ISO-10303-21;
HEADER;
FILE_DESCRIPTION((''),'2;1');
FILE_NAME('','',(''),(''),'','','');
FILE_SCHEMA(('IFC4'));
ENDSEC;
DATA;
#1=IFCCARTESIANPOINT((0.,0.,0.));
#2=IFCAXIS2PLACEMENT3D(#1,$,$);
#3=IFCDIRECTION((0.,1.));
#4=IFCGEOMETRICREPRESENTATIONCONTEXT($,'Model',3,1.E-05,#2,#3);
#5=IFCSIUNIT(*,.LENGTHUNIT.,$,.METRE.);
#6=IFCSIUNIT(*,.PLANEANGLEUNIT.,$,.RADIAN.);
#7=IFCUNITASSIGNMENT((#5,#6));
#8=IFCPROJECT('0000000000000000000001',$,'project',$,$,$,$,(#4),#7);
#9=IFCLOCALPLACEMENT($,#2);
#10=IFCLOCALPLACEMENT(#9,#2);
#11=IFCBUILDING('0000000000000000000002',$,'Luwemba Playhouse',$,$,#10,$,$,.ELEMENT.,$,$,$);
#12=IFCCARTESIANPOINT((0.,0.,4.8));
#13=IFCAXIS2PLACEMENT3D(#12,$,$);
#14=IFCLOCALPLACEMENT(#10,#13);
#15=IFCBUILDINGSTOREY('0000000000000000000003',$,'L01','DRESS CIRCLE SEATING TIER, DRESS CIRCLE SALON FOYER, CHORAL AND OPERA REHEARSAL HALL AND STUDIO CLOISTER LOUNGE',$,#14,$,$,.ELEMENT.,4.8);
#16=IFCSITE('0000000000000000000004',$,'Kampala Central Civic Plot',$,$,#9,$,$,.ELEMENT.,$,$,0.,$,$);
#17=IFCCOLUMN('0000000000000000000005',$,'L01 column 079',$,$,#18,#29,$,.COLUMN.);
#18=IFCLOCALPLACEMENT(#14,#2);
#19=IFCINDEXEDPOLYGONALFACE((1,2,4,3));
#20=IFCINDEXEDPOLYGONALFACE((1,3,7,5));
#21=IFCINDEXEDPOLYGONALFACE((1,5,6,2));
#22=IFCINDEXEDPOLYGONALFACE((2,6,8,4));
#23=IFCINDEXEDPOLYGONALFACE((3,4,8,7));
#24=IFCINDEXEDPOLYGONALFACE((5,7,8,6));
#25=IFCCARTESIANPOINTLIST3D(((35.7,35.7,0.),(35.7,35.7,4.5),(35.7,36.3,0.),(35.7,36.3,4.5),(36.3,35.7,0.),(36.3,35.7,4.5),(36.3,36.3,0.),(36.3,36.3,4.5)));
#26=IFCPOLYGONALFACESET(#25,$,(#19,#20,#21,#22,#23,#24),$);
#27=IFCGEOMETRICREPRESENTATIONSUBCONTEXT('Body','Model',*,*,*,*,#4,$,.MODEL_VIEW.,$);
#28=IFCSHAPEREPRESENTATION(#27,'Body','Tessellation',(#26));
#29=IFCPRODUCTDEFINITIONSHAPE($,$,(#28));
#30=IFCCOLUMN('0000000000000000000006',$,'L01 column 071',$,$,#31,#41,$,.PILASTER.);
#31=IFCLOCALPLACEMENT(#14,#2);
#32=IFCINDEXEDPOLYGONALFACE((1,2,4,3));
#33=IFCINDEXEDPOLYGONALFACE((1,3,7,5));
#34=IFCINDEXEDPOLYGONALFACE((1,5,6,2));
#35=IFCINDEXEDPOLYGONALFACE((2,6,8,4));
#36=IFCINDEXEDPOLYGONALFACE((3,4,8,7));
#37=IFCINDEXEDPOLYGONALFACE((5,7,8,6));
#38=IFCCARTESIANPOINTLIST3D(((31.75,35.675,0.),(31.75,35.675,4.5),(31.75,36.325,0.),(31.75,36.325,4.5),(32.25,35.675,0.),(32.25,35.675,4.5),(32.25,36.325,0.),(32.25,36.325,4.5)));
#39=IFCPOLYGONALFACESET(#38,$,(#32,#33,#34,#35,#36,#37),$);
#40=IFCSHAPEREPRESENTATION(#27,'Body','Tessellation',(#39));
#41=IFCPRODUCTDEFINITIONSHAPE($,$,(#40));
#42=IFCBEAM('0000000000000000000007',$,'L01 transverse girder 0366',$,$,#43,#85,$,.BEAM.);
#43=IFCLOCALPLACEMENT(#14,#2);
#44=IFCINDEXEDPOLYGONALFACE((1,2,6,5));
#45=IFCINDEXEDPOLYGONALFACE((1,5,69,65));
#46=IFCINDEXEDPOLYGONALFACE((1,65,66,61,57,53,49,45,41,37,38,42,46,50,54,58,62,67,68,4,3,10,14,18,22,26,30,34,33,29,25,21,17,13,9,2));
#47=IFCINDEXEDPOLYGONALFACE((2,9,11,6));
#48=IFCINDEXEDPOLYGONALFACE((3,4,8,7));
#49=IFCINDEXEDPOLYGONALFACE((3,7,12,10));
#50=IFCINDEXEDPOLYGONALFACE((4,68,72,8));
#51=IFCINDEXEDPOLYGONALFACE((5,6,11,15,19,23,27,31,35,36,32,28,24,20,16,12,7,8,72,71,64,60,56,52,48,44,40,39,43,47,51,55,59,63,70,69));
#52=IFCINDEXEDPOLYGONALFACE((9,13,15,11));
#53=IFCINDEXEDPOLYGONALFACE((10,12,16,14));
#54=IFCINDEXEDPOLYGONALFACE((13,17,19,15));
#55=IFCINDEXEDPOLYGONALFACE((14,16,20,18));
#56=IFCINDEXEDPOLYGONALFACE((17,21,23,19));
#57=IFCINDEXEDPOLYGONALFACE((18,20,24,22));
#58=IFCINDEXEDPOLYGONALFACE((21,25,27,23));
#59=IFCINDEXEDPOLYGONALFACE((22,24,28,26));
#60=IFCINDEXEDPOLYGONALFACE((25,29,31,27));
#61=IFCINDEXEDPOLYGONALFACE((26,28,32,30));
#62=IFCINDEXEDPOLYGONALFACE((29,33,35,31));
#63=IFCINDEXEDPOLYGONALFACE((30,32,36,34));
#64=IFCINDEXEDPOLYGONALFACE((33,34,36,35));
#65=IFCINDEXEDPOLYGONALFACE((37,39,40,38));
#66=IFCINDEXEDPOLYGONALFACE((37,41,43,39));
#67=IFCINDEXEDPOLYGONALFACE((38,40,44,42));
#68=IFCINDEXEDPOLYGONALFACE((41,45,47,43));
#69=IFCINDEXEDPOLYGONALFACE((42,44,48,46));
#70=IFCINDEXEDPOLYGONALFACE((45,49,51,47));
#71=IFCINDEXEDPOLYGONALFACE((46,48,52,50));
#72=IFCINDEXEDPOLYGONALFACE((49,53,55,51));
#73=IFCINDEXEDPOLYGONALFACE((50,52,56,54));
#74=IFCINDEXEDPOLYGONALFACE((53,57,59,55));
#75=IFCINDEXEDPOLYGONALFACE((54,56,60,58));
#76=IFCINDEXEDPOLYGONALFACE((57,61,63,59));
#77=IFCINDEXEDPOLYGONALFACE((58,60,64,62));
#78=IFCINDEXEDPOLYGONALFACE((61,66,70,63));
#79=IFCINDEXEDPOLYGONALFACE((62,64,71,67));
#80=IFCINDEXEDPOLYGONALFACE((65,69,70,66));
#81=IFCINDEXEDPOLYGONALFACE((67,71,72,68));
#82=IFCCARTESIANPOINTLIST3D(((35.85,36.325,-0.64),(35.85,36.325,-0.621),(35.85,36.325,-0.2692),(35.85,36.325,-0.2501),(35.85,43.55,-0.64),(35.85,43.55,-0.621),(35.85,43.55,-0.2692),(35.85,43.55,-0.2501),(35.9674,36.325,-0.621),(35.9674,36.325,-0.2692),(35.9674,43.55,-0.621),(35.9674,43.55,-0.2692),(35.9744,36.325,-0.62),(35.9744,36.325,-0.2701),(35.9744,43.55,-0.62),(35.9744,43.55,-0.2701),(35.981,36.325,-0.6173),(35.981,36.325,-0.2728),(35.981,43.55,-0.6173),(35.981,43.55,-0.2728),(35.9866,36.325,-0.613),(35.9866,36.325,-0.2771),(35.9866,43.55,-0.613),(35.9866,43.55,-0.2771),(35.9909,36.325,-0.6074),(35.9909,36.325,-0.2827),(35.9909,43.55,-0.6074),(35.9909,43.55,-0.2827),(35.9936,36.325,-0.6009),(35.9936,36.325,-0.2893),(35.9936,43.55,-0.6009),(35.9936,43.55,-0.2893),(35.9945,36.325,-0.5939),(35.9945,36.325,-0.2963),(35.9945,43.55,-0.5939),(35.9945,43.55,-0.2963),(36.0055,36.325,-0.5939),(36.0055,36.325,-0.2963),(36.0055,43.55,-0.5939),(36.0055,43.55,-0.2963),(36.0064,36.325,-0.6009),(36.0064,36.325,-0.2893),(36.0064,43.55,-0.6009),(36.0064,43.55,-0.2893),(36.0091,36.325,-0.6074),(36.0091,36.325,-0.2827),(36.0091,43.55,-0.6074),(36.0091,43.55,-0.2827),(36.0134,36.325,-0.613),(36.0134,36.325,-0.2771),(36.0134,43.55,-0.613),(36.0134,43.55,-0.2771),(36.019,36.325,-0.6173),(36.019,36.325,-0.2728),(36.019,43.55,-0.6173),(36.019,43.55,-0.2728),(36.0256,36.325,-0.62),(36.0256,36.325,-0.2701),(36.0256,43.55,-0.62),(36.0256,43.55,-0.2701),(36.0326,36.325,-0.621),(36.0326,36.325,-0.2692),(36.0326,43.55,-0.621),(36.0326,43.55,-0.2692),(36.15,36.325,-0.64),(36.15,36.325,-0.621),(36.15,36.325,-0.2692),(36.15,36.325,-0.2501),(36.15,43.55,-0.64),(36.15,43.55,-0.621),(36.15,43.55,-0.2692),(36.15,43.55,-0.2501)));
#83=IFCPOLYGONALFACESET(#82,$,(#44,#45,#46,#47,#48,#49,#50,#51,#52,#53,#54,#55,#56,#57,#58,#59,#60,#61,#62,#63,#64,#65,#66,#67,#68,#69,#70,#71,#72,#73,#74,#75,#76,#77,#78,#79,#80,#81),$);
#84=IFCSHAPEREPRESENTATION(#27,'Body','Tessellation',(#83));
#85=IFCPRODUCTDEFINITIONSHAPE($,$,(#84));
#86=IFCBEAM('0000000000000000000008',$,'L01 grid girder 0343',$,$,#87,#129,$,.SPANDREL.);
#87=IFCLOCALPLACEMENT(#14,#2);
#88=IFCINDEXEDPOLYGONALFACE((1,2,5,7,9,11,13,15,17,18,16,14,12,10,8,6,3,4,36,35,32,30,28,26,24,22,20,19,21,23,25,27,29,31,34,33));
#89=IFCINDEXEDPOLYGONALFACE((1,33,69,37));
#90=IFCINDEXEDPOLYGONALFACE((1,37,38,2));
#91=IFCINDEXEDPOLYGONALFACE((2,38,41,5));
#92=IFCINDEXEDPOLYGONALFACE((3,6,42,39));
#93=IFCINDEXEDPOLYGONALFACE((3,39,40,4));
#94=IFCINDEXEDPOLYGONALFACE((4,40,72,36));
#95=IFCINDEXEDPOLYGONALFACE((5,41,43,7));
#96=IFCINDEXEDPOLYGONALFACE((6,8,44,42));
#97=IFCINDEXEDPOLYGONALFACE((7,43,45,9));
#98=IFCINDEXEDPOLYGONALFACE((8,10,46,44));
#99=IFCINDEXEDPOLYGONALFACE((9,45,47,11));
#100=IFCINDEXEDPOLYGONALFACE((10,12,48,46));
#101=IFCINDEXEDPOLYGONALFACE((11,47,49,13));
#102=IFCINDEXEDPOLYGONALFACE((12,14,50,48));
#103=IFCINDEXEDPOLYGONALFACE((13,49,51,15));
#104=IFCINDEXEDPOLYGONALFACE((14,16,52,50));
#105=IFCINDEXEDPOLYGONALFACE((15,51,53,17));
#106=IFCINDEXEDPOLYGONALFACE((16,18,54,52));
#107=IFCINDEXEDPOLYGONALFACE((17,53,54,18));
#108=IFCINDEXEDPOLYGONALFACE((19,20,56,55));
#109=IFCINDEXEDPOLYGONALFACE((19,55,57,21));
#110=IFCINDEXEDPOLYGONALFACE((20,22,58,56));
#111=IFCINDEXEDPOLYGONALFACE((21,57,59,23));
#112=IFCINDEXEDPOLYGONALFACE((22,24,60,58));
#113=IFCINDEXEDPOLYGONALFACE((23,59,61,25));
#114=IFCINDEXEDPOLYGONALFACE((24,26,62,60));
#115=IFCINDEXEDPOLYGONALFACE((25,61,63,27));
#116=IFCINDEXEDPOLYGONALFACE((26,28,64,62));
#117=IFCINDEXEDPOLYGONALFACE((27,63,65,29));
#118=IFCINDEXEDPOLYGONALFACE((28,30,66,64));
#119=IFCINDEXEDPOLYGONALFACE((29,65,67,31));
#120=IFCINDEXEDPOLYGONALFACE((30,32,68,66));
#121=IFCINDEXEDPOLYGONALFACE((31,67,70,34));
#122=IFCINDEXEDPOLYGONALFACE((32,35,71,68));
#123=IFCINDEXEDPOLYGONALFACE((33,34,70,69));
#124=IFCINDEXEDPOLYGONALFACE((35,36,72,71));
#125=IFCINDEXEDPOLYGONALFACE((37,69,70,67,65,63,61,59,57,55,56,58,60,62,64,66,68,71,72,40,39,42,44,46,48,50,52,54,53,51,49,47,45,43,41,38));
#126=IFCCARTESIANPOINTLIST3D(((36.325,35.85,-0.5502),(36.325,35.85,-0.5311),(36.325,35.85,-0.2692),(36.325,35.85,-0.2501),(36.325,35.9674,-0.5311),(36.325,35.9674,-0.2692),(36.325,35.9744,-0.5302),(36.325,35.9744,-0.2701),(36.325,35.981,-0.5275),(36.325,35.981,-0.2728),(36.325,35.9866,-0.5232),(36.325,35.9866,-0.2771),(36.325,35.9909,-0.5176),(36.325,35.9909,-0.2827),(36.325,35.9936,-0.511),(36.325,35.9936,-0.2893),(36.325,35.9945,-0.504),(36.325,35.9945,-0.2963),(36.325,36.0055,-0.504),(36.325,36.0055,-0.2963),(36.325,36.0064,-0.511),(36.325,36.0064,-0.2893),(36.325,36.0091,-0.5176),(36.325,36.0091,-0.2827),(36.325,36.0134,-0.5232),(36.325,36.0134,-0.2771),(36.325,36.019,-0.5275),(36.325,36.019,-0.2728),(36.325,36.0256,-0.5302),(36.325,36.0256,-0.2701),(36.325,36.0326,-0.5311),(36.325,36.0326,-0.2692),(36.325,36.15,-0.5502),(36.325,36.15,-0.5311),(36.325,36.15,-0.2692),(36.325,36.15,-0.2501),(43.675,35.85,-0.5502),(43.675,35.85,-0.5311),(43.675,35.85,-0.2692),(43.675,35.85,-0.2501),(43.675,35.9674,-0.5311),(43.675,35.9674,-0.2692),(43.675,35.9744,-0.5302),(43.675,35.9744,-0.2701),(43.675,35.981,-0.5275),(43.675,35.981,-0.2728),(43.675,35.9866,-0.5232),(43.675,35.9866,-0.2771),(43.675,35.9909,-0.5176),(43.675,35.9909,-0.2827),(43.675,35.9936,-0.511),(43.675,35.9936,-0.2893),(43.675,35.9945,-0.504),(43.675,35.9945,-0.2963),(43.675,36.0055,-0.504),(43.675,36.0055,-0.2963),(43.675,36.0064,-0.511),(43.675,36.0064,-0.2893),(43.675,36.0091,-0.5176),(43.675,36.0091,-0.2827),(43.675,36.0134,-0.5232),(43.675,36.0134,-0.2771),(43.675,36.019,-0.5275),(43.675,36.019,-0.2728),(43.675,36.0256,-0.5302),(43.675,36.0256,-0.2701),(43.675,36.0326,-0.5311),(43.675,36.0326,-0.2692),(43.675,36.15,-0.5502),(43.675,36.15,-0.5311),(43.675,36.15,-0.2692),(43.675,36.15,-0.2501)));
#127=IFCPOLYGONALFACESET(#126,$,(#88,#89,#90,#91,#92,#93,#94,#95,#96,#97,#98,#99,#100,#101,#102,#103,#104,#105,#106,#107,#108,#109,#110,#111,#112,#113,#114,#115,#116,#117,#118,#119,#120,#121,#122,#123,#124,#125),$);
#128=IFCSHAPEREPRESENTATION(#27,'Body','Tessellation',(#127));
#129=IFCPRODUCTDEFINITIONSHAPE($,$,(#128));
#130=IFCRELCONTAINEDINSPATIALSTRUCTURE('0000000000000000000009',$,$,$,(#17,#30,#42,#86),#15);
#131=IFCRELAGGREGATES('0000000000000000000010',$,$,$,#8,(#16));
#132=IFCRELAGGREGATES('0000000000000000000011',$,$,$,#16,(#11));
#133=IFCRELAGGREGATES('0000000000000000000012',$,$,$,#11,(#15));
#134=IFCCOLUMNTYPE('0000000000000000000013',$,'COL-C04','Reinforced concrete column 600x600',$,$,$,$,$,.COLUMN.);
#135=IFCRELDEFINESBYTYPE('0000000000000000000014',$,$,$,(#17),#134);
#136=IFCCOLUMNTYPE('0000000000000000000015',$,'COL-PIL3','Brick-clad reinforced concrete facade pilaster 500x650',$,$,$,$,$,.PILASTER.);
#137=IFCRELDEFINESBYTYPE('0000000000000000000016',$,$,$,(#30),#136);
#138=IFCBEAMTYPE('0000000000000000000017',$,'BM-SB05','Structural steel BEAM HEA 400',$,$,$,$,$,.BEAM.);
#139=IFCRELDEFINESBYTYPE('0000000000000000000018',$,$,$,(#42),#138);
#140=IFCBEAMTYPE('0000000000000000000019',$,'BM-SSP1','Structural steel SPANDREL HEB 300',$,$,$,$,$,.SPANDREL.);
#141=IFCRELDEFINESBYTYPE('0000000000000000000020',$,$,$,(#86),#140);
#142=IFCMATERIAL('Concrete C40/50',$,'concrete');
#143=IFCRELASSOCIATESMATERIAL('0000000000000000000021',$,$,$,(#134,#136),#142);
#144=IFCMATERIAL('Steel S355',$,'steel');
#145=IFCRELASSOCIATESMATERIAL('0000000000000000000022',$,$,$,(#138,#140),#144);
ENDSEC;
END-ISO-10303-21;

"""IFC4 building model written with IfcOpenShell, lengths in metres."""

from ifc_helpers import new_model, si_unit, direction, frame, origin, origin_2d, place, context, subcontext, project, spatial, rectangle, i_section, extrude, material, material_profile, profile_set, type_object, element, save


model = new_model("IFC4")

# Units and contexts
model_context = context("Model", 3, precision=1e-05, world=origin(), true_north=direction((0.0, 1.0)))
body_context = subcontext(model_context, "Body", "Model", "MODEL_VIEW")
ifc_project = project(units=[si_unit("LENGTHUNIT", "METRE"), si_unit("PLANEANGLEUNIT", "RADIAN")], contexts=[model_context])

# Site, building, storey
site_placement = place(None, origin())
site = spatial("IfcSite", under=ifc_project, at=site_placement, Name="Kampala Central Civic Plot", CompositionType="ELEMENT", RefElevation=0.0)
building_placement = place(site_placement, origin())
building = spatial("IfcBuilding", under=site, at=building_placement, Name="Luwemba Playhouse", CompositionType="ELEMENT")
storey_placement = place(building_placement, frame((0.0, 0.0, 4.8)))
storey = spatial("IfcBuildingStorey", under=building, at=storey_placement, Name="L01", Description="DRESS CIRCLE SEATING TIER, DRESS CIRCLE SALON FOYER, CHORAL AND OPERA REHEARSAL HALL AND STUDIO CLOISTER LOUNGE", CompositionType="ELEMENT", Elevation=4.8)

# Columns
ifc_material_1 = material(Name="Concrete C40/50", Category="concrete")
ifc_material_profile_1 = material_profile(ifc_material_1, rectangle(XDim=0.6001, YDim=0.6001, at=origin_2d()))
ifc_profile_set_1 = profile_set([ifc_material_profile_1], Name="Concrete C40/50")
column_type_1 = type_object("IfcColumnType", Name="COL-C04", Description="Reinforced concrete column 600x600", PredefinedType="COLUMN", material=ifc_profile_set_1)
column_1_placement = place(storey_placement, frame((36.0, 36.0, 0.0), z_axis=(0.0, 0.0, 1.0), x_axis=(1.0, 0.0, 0.0)))
element("IfcColumn", 1, at=column_1_placement, inside=storey, type_object=column_type_1, Name="L01 column 079", PredefinedType="COLUMN", context=body_context, shape_type="SweptSolid", body=[
    extrude(rectangle(XDim=0.6001, YDim=0.6001, at=origin_2d()), origin(), (0.0, 0.0, 1.0), 4.5),
])
ifc_material_profile_2 = material_profile(ifc_material_1, rectangle(XDim=0.5, YDim=0.6499, at=origin_2d()))
ifc_profile_set_2 = profile_set([ifc_material_profile_2], Name="Concrete C40/50")
column_type_2 = type_object("IfcColumnType", Name="COL-PIL3", Description="Brick-clad reinforced concrete facade pilaster 500x650", PredefinedType="PILASTER", material=ifc_profile_set_2)
column_2_placement = place(storey_placement, frame((32.0, 36.0, 0.0), z_axis=(0.0, 0.0, 1.0), x_axis=(1.0, 0.0, 0.0)))
element("IfcColumn", 2, at=column_2_placement, inside=storey, type_object=column_type_2, Name="L01 column 071", PredefinedType="PILASTER", context=body_context, shape_type="SweptSolid", body=[
    extrude(rectangle(XDim=0.5, YDim=0.6499, at=origin_2d()), origin(), (0.0, 0.0, 1.0), 4.5),
])

# Beams
ifc_material_2 = material(Name="Steel S355", Category="steel")
ifc_material_profile_3 = material_profile(ifc_material_2, i_section(OverallWidth=0.3, OverallDepth=0.3899, WebThickness=0.011, FlangeThickness=0.019, FilletRadius=0.0271, at=origin_2d()))
ifc_profile_set_3 = profile_set([ifc_material_profile_3], Name="Steel S355")
beam_type_1 = type_object("IfcBeamType", Name="BM-SB05", Description="Structural steel BEAM HEA 400", PredefinedType="BEAM", material=ifc_profile_set_3)
beam_1_placement = place(storey_placement, frame((36.0, 36.325, -0.4451), z_axis=(0.0, 1.0, 0.0), x_axis=(-1.0, 0.0, 0.0)))
element("IfcBeam", 3, at=beam_1_placement, inside=storey, type_object=beam_type_1, Name="L01 transverse girder 0366", PredefinedType="BEAM", context=body_context, shape_type="SweptSolid", body=[
    extrude(i_section(OverallWidth=0.3, OverallDepth=0.3899, WebThickness=0.011, FlangeThickness=0.019, FilletRadius=0.0271, at=origin_2d()), origin(), (0.0, 0.0, 1.0), 7.2251),
])
ifc_material_profile_4 = material_profile(ifc_material_2, i_section(OverallWidth=0.3, OverallDepth=0.3, WebThickness=0.011, FlangeThickness=0.019, FilletRadius=0.0271, at=origin_2d()))
ifc_profile_set_4 = profile_set([ifc_material_profile_4], Name="Steel S355")
beam_type_2 = type_object("IfcBeamType", Name="BM-SSP1", Description="Structural steel SPANDREL HEB 300", PredefinedType="SPANDREL", material=ifc_profile_set_4)
beam_2_placement = place(storey_placement, frame((36.325, 36.0, -0.4001), z_axis=(1.0, 0.0, 0.0), x_axis=(0.0, 1.0, 0.0)))
element("IfcBeam", 4, at=beam_2_placement, inside=storey, type_object=beam_type_2, Name="L01 grid girder 0343", PredefinedType="SPANDREL", context=body_context, shape_type="SweptSolid", body=[
    extrude(i_section(OverallWidth=0.3, OverallDepth=0.3, WebThickness=0.011, FlangeThickness=0.019, FilletRadius=0.0271, at=origin_2d()), origin(), (0.0, 0.0, 1.0), 7.3501),
])

save(model, "model.ifc")
